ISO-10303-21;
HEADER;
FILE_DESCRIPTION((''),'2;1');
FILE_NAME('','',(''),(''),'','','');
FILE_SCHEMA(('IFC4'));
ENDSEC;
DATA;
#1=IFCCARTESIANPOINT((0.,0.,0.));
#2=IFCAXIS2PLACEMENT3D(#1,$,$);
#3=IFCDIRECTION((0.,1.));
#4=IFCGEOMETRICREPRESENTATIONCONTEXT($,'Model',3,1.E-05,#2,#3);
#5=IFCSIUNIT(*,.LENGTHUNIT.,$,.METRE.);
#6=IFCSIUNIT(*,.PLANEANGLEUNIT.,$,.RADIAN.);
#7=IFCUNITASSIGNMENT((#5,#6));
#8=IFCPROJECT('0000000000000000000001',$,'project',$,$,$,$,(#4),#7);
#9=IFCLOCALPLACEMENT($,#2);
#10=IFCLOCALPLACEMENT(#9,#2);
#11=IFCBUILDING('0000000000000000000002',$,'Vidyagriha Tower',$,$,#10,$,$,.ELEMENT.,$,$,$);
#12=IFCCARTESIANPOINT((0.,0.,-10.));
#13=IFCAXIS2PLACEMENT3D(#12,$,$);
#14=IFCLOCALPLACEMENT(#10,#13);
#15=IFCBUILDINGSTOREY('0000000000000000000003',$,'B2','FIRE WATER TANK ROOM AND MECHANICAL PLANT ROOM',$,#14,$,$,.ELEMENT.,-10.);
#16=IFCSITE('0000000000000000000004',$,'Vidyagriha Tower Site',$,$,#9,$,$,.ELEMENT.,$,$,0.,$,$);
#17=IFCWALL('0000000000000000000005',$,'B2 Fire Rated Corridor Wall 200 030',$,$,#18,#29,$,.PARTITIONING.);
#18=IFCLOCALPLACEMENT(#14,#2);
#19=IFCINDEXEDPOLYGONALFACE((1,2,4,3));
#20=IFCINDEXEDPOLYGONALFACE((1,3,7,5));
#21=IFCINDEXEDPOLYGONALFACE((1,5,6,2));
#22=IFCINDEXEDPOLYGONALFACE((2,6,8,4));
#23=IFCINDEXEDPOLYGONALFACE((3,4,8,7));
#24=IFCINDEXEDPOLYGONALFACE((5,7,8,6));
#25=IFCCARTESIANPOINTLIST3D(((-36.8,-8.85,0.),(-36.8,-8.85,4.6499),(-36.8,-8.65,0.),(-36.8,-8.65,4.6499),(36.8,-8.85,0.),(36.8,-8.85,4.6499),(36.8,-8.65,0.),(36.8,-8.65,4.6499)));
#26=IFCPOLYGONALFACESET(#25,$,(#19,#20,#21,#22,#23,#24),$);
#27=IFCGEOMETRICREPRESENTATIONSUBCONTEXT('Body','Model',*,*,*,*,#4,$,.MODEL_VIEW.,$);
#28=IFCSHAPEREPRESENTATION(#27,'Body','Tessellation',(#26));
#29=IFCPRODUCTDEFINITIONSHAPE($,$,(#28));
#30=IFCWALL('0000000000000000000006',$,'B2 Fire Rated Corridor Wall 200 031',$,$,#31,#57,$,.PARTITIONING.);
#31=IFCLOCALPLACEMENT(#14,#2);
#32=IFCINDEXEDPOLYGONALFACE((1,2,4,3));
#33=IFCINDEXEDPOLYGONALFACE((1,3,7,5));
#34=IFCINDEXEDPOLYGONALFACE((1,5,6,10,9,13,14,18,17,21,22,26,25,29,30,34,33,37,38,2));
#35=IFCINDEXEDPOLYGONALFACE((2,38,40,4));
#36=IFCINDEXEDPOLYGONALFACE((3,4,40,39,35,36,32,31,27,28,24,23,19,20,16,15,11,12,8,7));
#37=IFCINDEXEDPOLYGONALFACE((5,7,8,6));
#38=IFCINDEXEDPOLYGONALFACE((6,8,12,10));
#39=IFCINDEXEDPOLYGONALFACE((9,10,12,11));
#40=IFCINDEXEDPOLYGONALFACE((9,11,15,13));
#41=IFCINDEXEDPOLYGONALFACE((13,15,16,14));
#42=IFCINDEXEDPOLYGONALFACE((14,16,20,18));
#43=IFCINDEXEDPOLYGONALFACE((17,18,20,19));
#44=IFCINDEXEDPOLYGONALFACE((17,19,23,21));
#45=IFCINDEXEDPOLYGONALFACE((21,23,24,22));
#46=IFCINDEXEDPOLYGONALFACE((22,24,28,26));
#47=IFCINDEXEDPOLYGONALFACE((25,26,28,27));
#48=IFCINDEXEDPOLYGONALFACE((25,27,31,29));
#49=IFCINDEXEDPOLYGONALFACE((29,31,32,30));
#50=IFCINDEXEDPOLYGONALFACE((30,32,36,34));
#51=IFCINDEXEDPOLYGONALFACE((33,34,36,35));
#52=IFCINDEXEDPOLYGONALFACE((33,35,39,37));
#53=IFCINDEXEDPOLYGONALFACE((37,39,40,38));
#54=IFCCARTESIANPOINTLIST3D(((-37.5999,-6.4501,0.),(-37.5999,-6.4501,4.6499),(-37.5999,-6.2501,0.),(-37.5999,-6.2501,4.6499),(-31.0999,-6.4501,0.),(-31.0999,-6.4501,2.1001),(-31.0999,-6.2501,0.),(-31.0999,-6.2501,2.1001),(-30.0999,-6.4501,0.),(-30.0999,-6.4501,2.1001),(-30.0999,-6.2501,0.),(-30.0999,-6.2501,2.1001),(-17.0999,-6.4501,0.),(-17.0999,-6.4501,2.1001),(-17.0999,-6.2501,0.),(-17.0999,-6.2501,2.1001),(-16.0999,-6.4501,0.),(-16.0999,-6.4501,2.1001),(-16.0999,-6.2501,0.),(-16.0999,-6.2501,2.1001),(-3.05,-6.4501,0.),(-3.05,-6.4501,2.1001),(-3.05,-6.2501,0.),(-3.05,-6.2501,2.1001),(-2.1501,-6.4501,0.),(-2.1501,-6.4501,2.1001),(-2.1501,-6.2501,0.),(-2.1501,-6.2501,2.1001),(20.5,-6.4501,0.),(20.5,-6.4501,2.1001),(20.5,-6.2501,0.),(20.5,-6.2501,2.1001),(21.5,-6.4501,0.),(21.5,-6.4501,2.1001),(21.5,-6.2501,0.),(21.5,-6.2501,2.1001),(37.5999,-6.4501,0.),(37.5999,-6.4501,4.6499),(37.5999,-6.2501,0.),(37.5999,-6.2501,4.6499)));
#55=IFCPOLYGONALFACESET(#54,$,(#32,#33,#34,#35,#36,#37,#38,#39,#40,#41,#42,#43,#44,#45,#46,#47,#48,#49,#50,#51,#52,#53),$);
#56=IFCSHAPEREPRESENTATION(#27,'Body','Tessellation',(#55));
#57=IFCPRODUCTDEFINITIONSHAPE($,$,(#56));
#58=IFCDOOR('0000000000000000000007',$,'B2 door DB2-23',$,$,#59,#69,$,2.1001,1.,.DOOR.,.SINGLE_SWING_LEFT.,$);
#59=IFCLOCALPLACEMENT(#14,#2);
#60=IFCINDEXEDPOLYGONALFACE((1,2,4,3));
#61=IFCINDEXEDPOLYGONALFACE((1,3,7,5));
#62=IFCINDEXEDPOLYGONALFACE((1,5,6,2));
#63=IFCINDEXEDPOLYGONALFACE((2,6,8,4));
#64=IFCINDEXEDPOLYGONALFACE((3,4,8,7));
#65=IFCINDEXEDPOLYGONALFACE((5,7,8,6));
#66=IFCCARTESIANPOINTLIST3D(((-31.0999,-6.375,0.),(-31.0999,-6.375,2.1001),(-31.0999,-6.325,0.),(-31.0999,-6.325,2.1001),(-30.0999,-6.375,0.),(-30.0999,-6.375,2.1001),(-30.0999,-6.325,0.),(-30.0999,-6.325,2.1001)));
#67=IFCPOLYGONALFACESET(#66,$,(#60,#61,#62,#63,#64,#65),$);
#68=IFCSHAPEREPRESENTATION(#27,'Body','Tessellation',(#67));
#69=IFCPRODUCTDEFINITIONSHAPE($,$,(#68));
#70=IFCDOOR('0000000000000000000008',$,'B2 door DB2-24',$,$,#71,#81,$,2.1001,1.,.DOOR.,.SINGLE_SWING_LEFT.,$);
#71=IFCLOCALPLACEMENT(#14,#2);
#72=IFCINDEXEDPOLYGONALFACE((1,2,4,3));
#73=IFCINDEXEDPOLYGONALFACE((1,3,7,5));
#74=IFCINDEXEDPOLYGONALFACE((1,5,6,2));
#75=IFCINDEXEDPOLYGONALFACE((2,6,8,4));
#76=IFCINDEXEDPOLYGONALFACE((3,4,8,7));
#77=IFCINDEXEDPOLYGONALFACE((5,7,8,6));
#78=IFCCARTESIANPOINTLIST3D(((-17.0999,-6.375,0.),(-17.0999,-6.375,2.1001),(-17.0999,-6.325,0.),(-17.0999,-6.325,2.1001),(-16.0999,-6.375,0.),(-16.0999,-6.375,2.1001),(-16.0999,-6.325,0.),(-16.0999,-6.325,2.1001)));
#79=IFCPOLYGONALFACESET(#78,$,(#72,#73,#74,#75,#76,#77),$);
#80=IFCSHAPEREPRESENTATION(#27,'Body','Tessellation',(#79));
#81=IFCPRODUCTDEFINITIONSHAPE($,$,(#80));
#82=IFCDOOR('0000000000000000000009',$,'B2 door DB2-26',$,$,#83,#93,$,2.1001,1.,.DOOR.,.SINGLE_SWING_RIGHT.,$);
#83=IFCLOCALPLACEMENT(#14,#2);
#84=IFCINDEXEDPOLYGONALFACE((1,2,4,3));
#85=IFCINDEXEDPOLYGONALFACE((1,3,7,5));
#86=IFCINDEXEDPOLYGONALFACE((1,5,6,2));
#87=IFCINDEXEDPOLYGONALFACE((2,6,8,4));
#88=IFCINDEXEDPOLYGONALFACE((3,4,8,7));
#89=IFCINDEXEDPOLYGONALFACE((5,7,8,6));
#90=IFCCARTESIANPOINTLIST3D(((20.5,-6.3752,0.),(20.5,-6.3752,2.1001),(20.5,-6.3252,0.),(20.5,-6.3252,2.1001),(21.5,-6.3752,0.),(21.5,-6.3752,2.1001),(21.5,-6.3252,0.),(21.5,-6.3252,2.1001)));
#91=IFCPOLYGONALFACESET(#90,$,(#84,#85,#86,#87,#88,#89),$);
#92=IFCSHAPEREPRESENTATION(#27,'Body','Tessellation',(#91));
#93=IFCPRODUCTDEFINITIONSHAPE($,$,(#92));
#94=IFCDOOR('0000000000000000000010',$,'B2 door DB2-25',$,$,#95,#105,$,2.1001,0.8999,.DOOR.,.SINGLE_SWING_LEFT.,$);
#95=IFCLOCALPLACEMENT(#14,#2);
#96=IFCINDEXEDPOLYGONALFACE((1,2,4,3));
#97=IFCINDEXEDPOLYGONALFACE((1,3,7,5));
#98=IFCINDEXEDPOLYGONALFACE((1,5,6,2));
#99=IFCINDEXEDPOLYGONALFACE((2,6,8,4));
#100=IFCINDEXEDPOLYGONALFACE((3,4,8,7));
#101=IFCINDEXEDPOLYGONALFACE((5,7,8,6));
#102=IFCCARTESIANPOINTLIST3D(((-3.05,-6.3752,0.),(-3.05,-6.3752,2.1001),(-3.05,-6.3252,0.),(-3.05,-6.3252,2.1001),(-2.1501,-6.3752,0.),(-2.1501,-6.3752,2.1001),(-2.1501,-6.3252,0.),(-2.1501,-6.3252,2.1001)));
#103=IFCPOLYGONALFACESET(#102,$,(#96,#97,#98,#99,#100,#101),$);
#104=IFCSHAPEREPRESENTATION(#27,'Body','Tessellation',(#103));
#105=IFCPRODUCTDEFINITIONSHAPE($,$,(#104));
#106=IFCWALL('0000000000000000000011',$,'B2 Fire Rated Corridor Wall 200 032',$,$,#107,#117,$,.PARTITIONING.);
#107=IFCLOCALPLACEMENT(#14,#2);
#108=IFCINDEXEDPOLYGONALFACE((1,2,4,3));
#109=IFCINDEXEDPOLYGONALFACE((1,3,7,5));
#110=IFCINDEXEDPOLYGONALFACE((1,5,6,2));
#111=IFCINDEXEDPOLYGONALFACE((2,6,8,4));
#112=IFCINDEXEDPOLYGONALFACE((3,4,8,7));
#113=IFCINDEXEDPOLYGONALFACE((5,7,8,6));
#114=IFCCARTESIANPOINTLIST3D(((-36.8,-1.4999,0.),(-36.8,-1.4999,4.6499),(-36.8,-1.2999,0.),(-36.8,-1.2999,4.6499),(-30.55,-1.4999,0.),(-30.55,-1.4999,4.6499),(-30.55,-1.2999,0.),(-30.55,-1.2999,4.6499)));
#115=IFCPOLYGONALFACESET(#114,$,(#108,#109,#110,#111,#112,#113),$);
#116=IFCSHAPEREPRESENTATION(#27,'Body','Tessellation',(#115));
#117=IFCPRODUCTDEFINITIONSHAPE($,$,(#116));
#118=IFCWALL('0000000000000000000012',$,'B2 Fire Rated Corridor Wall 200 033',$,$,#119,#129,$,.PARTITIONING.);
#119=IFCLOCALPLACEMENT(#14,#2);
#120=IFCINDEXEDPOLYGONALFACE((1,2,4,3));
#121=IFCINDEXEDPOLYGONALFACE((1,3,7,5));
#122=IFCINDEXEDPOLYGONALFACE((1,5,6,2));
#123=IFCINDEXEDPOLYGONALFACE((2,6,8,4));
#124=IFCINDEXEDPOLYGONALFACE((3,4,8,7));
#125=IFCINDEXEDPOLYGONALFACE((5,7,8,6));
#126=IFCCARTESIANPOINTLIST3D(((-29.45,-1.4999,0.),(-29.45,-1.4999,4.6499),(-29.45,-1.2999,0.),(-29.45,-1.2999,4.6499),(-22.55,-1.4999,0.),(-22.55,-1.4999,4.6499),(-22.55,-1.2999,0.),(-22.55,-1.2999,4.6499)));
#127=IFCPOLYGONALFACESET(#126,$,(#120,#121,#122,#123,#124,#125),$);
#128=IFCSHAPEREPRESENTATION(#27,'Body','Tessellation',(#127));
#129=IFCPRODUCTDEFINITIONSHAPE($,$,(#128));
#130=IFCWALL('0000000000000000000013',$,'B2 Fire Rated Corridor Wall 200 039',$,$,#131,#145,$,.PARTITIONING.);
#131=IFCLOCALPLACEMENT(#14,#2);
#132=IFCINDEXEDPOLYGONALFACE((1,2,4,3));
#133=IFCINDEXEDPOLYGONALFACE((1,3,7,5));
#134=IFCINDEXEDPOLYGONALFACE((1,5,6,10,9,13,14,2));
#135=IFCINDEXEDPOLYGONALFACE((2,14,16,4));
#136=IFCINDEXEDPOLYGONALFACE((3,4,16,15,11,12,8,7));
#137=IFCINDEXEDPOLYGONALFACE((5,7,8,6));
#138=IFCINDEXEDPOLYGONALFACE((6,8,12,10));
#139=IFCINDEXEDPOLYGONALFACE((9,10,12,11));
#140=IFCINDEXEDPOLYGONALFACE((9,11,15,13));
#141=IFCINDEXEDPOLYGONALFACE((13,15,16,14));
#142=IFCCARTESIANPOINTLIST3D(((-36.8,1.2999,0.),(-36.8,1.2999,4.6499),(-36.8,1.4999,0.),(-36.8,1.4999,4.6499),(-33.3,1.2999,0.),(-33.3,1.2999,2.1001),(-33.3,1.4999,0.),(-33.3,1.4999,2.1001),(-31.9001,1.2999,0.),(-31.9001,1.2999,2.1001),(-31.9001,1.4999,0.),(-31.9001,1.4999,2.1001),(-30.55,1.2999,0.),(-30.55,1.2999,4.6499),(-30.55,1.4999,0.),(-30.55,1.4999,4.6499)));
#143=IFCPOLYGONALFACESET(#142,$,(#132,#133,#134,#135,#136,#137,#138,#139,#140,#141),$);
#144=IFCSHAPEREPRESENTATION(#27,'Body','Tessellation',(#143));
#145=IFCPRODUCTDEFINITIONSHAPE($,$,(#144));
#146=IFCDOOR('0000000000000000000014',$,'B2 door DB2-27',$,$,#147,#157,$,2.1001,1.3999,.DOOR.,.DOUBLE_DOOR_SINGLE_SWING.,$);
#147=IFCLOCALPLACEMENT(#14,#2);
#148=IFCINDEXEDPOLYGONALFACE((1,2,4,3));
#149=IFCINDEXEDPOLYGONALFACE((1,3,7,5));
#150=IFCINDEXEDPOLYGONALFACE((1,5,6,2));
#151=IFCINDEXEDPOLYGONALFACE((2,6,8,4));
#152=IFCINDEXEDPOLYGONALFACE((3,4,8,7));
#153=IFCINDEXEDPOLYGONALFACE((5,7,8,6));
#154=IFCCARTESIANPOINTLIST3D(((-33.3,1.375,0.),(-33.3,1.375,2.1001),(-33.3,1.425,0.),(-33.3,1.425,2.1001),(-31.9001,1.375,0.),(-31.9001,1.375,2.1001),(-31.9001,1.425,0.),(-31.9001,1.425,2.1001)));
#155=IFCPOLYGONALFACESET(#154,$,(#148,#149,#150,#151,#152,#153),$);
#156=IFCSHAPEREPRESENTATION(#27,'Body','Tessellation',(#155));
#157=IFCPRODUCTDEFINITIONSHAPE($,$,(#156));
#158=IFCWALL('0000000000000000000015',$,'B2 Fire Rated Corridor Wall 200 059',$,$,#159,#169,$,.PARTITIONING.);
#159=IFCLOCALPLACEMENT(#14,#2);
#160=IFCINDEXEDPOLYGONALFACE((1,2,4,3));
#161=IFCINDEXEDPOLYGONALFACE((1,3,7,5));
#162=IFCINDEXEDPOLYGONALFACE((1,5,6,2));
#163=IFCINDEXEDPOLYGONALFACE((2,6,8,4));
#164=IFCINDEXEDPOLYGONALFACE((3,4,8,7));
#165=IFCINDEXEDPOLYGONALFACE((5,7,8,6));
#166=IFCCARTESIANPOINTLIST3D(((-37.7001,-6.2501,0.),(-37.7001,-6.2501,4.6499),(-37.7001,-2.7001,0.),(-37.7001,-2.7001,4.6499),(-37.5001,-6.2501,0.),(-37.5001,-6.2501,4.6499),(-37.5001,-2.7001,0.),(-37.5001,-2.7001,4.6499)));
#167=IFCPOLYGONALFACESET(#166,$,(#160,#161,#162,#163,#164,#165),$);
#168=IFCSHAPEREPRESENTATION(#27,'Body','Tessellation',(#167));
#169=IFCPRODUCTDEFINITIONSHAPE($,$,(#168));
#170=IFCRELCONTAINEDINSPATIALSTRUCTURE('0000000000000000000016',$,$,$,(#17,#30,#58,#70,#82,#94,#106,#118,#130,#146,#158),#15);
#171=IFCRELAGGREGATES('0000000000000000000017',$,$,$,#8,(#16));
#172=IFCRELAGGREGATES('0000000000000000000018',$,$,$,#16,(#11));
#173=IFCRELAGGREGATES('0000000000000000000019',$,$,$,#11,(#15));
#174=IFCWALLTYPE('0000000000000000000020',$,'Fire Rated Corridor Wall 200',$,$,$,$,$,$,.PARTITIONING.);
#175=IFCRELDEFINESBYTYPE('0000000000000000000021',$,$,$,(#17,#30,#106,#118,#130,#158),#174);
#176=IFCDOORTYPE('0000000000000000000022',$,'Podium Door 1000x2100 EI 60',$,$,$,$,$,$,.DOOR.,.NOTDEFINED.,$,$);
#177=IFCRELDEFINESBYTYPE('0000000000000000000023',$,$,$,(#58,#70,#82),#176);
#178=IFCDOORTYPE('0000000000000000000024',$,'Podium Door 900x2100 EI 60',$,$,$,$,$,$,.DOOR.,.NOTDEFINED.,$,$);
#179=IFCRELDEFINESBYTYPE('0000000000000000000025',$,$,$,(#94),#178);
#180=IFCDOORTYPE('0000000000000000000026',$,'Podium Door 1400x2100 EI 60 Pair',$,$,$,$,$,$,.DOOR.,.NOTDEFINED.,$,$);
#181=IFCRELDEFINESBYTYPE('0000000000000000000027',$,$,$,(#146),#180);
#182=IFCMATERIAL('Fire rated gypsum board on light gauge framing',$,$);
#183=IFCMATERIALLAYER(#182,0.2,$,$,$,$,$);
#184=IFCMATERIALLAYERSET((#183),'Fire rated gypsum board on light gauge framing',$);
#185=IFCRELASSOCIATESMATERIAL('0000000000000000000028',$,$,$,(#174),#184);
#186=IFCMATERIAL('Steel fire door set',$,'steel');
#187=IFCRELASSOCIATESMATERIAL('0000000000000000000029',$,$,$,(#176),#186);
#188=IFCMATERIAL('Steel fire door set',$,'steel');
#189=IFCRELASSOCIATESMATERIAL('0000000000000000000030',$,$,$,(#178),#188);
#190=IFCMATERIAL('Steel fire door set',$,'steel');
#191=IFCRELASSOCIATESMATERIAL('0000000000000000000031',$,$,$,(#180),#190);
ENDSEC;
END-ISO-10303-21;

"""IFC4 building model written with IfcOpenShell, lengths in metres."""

from ifc_helpers import new_model, si_unit, direction, frame, frame_2d, origin, place, context, subcontext, project, spatial, rectangle, extrude, material, layer, layer_set, type_object, element, fill, save


model = new_model("IFC4")

# Units and contexts
model_context = context("Model", 3, precision=1e-05, world=origin(), true_north=direction((0.0, 1.0)))
body_context = subcontext(model_context, "Body", "Model", "MODEL_VIEW")
ifc_project = project(units=[si_unit("LENGTHUNIT", "METRE"), si_unit("PLANEANGLEUNIT", "RADIAN")], contexts=[model_context])

# Site, building, storey
site_placement = place(None, origin())
site = spatial("IfcSite", under=ifc_project, at=site_placement, Name="Vidyagriha Tower Site", CompositionType="ELEMENT", RefElevation=0.0)
building_placement = place(site_placement, origin())
building = spatial("IfcBuilding", under=site, at=building_placement, Name="Vidyagriha Tower", CompositionType="ELEMENT")
storey_placement = place(building_placement, frame((0.0, 0.0, -10.0)))
storey = spatial("IfcBuildingStorey", under=building, at=storey_placement, Name="B2", Description="FIRE WATER TANK ROOM AND MECHANICAL PLANT ROOM", CompositionType="ELEMENT", Elevation=-10.0)

# Wall
ifc_material_1 = material(Name="Fire rated gypsum board on light gauge framing")
ifc_layer = layer(ifc_material_1, 0.2)
ifc_layer_set = layer_set([ifc_layer], Name="Fire rated gypsum board on light gauge framing")
wall_type = type_object("IfcWallType", Name="Fire Rated Corridor Wall 200", PredefinedType="PARTITIONING", material=ifc_layer_set)
wall_1_placement = place(storey_placement, frame((-36.8, -8.75, 0.0)))
element("IfcWall", 1, at=wall_1_placement, inside=storey, type_object=wall_type, Name="B2 Fire Rated Corridor Wall 200 030", PredefinedType="PARTITIONING", context=body_context, shape_type="SweptSolid", body=[
    extrude(rectangle(XDim=73.6001, YDim=0.2, at=frame_2d((36.8, 0.0))), origin(), (0.0, 0.0, 1.0), 4.6499),
])

# Wall, openings, doors
wall_2_placement = place(storey_placement, frame((-37.5999, -6.3501, 0.0)))
wall_2 = element("IfcWall", 2, at=wall_2_placement, inside=storey, type_object=wall_type, Name="B2 Fire Rated Corridor Wall 200 031", PredefinedType="PARTITIONING", context=body_context, shape_type="SweptSolid", body=[
    extrude(rectangle(XDim=75.1997, YDim=0.2, at=frame_2d((37.5999, 0.0))), origin(), (0.0, 0.0, 1.0), 4.6499),
])
opening_1_placement = place(wall_2_placement, frame((6.5, 0.0, 0.0)))
opening_1 = element("IfcOpeningElement", 3, at=opening_1_placement, cuts=wall_2, PredefinedType="OPENING", context=body_context, shape_type="SweptSolid", body=[
    extrude(rectangle(XDim=1.0, YDim=2.1001, at=frame_2d((0.5, 1.05))), frame((0.0, 0.1099, 0.0), z_axis=(0.0, -1.0, 0.0), x_axis=(1.0, 0.0, 0.0)), (0.0, 0.0, 1.0), 0.22),
])
opening_2_placement = place(wall_2_placement, frame((20.5, 0.0, 0.0)))
opening_2 = element("IfcOpeningElement", 4, at=opening_2_placement, cuts=wall_2, PredefinedType="OPENING", context=body_context, shape_type="SweptSolid", body=[
    extrude(rectangle(XDim=1.0, YDim=2.1001, at=frame_2d((0.5, 1.05))), frame((0.0, 0.1099, 0.0), z_axis=(0.0, -1.0, 0.0), x_axis=(1.0, 0.0, 0.0)), (0.0, 0.0, 1.0), 0.22),
])
opening_3_placement = place(wall_2_placement, frame((34.5498, 0.0, 0.0)))
opening_3 = element("IfcOpeningElement", 5, at=opening_3_placement, cuts=wall_2, PredefinedType="OPENING", context=body_context, shape_type="SweptSolid", body=[
    extrude(rectangle(XDim=0.8999, YDim=2.1001, at=frame_2d((0.45, 1.05))), frame((0.0, 0.1099, 0.0), z_axis=(0.0, -1.0, 0.0), x_axis=(1.0, 0.0, 0.0)), (0.0, 0.0, 1.0), 0.22),
])
opening_4_placement = place(wall_2_placement, frame((58.0999, 0.0, 0.0)))
opening_4 = element("IfcOpeningElement", 6, at=opening_4_placement, cuts=wall_2, PredefinedType="OPENING", context=body_context, shape_type="SweptSolid", body=[
    extrude(rectangle(XDim=1.0, YDim=2.1001, at=frame_2d((0.5, 1.05))), frame((0.0, 0.1099, 0.0), z_axis=(0.0, -1.0, 0.0), x_axis=(1.0, 0.0, 0.0)), (0.0, 0.0, 1.0), 0.22),
])
ifc_material_2 = material(Name="Steel fire door set", Category="steel")
door_type_1 = type_object("IfcDoorType", Name="Podium Door 1000x2100 EI 60", OperationType="NOTDEFINED", PredefinedType="DOOR", material=ifc_material_2)
door_1_placement = place(opening_1_placement, frame((1.0, 0.0, 0.0), z_axis=(0.0, 0.0, 1.0), x_axis=(-1.0, 0.0, 0.0)))
door_1 = element("IfcDoor", 7, at=door_1_placement, inside=storey, type_object=door_type_1, Name="B2 door DB2-23", OperationType="SINGLE_SWING_LEFT", OverallHeight=2.1001, OverallWidth=1.0, PredefinedType="DOOR", context=body_context, shape_type="SweptSolid", body=[
    extrude(rectangle(XDim=1.0, YDim=2.1001, at=frame_2d((0.5, 1.05))), frame((0.0, 0.0249, 0.0), z_axis=(0.0, -1.0, 0.0), x_axis=(1.0, 0.0, 0.0)), (0.0, 0.0, 1.0), 0.05),
])
fill(opening_1, door_1)
door_2_placement = place(opening_2_placement, frame((1.0, 0.0, 0.0), z_axis=(0.0, 0.0, 1.0), x_axis=(-1.0, 0.0, 0.0)))
door_2 = element("IfcDoor", 8, at=door_2_placement, inside=storey, type_object=door_type_1, Name="B2 door DB2-24", OperationType="SINGLE_SWING_LEFT", OverallHeight=2.1001, OverallWidth=1.0, PredefinedType="DOOR", context=body_context, shape_type="SweptSolid", body=[
    extrude(rectangle(XDim=1.0, YDim=2.1001, at=frame_2d((0.5, 1.05))), frame((0.0, 0.0249, 0.0), z_axis=(0.0, -1.0, 0.0), x_axis=(1.0, 0.0, 0.0)), (0.0, 0.0, 1.0), 0.05),
])
fill(opening_2, door_2)
door_3_placement = place(opening_4_placement, origin())
door_3 = element("IfcDoor", 9, at=door_3_placement, inside=storey, type_object=door_type_1, Name="B2 door DB2-26", OperationType="SINGLE_SWING_RIGHT", OverallHeight=2.1001, OverallWidth=1.0, PredefinedType="DOOR", context=body_context, shape_type="SweptSolid", body=[
    extrude(rectangle(XDim=1.0, YDim=2.1001, at=frame_2d((0.5, 1.05))), frame((0.0, 0.0249, 0.0), z_axis=(0.0, -1.0, 0.0), x_axis=(1.0, 0.0, 0.0)), (0.0, 0.0, 1.0), 0.05),
])
fill(opening_4, door_3)
ifc_material_3 = material(Name="Steel fire door set", Category="steel")
door_type_2 = type_object("IfcDoorType", Name="Podium Door 900x2100 EI 60", OperationType="NOTDEFINED", PredefinedType="DOOR", material=ifc_material_3)
door_4_placement = place(opening_3_placement, origin())
door_4 = element("IfcDoor", 10, at=door_4_placement, inside=storey, type_object=door_type_2, Name="B2 door DB2-25", OperationType="SINGLE_SWING_LEFT", OverallHeight=2.1001, OverallWidth=0.8999, PredefinedType="DOOR", context=body_context, shape_type="SweptSolid", body=[
    extrude(rectangle(XDim=0.8999, YDim=2.1001, at=frame_2d((0.45, 1.05))), frame((0.0, 0.0249, 0.0), z_axis=(0.0, -1.0, 0.0), x_axis=(1.0, 0.0, 0.0)), (0.0, 0.0, 1.0), 0.05),
])
fill(opening_3, door_4)

# Walls
wall_3_placement = place(storey_placement, frame((-36.8, -1.3999, 0.0)))
element("IfcWall", 11, at=wall_3_placement, inside=storey, type_object=wall_type, Name="B2 Fire Rated Corridor Wall 200 032", PredefinedType="PARTITIONING", context=body_context, shape_type="SweptSolid", body=[
    extrude(rectangle(XDim=6.25, YDim=0.2, at=frame_2d((3.125, 0.0))), origin(), (0.0, 0.0, 1.0), 4.6499),
])
wall_4_placement = place(storey_placement, frame((-29.45, -1.3999, 0.0)))
element("IfcWall", 12, at=wall_4_placement, inside=storey, type_object=wall_type, Name="B2 Fire Rated Corridor Wall 200 033", PredefinedType="PARTITIONING", context=body_context, shape_type="SweptSolid", body=[
    extrude(rectangle(XDim=6.8999, YDim=0.2, at=frame_2d((3.45, 0.0))), origin(), (0.0, 0.0, 1.0), 4.6499),
])

# Wall, opening, door
wall_5_placement = place(storey_placement, frame((-36.8, 1.3999, 0.0)))
wall_5 = element("IfcWall", 13, at=wall_5_placement, inside=storey, type_object=wall_type, Name="B2 Fire Rated Corridor Wall 200 039", PredefinedType="PARTITIONING", context=body_context, shape_type="SweptSolid", body=[
    extrude(rectangle(XDim=6.25, YDim=0.2, at=frame_2d((3.125, 0.0))), origin(), (0.0, 0.0, 1.0), 4.6499),
])
opening_5_placement = place(wall_5_placement, frame((3.5, 0.0, 0.0)))
opening_5 = element("IfcOpeningElement", 14, at=opening_5_placement, cuts=wall_5, PredefinedType="OPENING", context=body_context, shape_type="SweptSolid", body=[
    extrude(rectangle(XDim=1.3999, YDim=2.1001, at=frame_2d((0.7, 1.05))), frame((0.0, 0.1099, 0.0), z_axis=(0.0, -1.0, 0.0), x_axis=(1.0, 0.0, 0.0)), (0.0, 0.0, 1.0), 0.22),
])
ifc_material_4 = material(Name="Steel fire door set", Category="steel")
door_type_3 = type_object("IfcDoorType", Name="Podium Door 1400x2100 EI 60 Pair", OperationType="NOTDEFINED", PredefinedType="DOOR", material=ifc_material_4)
door_5_placement = place(opening_5_placement, frame((1.3999, 0.0, 0.0), z_axis=(0.0, 0.0, 1.0), x_axis=(-1.0, 0.0, 0.0)))
door_5 = element("IfcDoor", 15, at=door_5_placement, inside=storey, type_object=door_type_3, Name="B2 door DB2-27", OperationType="DOUBLE_DOOR_SINGLE_SWING", OverallHeight=2.1001, OverallWidth=1.3999, PredefinedType="DOOR", context=body_context, shape_type="SweptSolid", body=[
    extrude(rectangle(XDim=1.3999, YDim=2.1001, at=frame_2d((0.7, 1.05))), frame((0.0, 0.0249, 0.0), z_axis=(0.0, -1.0, 0.0), x_axis=(1.0, 0.0, 0.0)), (0.0, 0.0, 1.0), 0.05),
])
fill(opening_5, door_5)

# Wall
wall_6_placement = place(storey_placement, frame((-37.6001, -6.25, 0.0), z_axis=(0.0, 0.0, 1.0), x_axis=(0.0, 1.0, 0.0)))
element("IfcWall", 16, at=wall_6_placement, inside=storey, type_object=wall_type, Name="B2 Fire Rated Corridor Wall 200 059", PredefinedType="PARTITIONING", context=body_context, shape_type="SweptSolid", body=[
    extrude(rectangle(XDim=3.55, YDim=0.2, at=frame_2d((1.7749, 0.0))), origin(), (0.0, 0.0, 1.0), 4.6499),
])

save(model, "model.ifc")
